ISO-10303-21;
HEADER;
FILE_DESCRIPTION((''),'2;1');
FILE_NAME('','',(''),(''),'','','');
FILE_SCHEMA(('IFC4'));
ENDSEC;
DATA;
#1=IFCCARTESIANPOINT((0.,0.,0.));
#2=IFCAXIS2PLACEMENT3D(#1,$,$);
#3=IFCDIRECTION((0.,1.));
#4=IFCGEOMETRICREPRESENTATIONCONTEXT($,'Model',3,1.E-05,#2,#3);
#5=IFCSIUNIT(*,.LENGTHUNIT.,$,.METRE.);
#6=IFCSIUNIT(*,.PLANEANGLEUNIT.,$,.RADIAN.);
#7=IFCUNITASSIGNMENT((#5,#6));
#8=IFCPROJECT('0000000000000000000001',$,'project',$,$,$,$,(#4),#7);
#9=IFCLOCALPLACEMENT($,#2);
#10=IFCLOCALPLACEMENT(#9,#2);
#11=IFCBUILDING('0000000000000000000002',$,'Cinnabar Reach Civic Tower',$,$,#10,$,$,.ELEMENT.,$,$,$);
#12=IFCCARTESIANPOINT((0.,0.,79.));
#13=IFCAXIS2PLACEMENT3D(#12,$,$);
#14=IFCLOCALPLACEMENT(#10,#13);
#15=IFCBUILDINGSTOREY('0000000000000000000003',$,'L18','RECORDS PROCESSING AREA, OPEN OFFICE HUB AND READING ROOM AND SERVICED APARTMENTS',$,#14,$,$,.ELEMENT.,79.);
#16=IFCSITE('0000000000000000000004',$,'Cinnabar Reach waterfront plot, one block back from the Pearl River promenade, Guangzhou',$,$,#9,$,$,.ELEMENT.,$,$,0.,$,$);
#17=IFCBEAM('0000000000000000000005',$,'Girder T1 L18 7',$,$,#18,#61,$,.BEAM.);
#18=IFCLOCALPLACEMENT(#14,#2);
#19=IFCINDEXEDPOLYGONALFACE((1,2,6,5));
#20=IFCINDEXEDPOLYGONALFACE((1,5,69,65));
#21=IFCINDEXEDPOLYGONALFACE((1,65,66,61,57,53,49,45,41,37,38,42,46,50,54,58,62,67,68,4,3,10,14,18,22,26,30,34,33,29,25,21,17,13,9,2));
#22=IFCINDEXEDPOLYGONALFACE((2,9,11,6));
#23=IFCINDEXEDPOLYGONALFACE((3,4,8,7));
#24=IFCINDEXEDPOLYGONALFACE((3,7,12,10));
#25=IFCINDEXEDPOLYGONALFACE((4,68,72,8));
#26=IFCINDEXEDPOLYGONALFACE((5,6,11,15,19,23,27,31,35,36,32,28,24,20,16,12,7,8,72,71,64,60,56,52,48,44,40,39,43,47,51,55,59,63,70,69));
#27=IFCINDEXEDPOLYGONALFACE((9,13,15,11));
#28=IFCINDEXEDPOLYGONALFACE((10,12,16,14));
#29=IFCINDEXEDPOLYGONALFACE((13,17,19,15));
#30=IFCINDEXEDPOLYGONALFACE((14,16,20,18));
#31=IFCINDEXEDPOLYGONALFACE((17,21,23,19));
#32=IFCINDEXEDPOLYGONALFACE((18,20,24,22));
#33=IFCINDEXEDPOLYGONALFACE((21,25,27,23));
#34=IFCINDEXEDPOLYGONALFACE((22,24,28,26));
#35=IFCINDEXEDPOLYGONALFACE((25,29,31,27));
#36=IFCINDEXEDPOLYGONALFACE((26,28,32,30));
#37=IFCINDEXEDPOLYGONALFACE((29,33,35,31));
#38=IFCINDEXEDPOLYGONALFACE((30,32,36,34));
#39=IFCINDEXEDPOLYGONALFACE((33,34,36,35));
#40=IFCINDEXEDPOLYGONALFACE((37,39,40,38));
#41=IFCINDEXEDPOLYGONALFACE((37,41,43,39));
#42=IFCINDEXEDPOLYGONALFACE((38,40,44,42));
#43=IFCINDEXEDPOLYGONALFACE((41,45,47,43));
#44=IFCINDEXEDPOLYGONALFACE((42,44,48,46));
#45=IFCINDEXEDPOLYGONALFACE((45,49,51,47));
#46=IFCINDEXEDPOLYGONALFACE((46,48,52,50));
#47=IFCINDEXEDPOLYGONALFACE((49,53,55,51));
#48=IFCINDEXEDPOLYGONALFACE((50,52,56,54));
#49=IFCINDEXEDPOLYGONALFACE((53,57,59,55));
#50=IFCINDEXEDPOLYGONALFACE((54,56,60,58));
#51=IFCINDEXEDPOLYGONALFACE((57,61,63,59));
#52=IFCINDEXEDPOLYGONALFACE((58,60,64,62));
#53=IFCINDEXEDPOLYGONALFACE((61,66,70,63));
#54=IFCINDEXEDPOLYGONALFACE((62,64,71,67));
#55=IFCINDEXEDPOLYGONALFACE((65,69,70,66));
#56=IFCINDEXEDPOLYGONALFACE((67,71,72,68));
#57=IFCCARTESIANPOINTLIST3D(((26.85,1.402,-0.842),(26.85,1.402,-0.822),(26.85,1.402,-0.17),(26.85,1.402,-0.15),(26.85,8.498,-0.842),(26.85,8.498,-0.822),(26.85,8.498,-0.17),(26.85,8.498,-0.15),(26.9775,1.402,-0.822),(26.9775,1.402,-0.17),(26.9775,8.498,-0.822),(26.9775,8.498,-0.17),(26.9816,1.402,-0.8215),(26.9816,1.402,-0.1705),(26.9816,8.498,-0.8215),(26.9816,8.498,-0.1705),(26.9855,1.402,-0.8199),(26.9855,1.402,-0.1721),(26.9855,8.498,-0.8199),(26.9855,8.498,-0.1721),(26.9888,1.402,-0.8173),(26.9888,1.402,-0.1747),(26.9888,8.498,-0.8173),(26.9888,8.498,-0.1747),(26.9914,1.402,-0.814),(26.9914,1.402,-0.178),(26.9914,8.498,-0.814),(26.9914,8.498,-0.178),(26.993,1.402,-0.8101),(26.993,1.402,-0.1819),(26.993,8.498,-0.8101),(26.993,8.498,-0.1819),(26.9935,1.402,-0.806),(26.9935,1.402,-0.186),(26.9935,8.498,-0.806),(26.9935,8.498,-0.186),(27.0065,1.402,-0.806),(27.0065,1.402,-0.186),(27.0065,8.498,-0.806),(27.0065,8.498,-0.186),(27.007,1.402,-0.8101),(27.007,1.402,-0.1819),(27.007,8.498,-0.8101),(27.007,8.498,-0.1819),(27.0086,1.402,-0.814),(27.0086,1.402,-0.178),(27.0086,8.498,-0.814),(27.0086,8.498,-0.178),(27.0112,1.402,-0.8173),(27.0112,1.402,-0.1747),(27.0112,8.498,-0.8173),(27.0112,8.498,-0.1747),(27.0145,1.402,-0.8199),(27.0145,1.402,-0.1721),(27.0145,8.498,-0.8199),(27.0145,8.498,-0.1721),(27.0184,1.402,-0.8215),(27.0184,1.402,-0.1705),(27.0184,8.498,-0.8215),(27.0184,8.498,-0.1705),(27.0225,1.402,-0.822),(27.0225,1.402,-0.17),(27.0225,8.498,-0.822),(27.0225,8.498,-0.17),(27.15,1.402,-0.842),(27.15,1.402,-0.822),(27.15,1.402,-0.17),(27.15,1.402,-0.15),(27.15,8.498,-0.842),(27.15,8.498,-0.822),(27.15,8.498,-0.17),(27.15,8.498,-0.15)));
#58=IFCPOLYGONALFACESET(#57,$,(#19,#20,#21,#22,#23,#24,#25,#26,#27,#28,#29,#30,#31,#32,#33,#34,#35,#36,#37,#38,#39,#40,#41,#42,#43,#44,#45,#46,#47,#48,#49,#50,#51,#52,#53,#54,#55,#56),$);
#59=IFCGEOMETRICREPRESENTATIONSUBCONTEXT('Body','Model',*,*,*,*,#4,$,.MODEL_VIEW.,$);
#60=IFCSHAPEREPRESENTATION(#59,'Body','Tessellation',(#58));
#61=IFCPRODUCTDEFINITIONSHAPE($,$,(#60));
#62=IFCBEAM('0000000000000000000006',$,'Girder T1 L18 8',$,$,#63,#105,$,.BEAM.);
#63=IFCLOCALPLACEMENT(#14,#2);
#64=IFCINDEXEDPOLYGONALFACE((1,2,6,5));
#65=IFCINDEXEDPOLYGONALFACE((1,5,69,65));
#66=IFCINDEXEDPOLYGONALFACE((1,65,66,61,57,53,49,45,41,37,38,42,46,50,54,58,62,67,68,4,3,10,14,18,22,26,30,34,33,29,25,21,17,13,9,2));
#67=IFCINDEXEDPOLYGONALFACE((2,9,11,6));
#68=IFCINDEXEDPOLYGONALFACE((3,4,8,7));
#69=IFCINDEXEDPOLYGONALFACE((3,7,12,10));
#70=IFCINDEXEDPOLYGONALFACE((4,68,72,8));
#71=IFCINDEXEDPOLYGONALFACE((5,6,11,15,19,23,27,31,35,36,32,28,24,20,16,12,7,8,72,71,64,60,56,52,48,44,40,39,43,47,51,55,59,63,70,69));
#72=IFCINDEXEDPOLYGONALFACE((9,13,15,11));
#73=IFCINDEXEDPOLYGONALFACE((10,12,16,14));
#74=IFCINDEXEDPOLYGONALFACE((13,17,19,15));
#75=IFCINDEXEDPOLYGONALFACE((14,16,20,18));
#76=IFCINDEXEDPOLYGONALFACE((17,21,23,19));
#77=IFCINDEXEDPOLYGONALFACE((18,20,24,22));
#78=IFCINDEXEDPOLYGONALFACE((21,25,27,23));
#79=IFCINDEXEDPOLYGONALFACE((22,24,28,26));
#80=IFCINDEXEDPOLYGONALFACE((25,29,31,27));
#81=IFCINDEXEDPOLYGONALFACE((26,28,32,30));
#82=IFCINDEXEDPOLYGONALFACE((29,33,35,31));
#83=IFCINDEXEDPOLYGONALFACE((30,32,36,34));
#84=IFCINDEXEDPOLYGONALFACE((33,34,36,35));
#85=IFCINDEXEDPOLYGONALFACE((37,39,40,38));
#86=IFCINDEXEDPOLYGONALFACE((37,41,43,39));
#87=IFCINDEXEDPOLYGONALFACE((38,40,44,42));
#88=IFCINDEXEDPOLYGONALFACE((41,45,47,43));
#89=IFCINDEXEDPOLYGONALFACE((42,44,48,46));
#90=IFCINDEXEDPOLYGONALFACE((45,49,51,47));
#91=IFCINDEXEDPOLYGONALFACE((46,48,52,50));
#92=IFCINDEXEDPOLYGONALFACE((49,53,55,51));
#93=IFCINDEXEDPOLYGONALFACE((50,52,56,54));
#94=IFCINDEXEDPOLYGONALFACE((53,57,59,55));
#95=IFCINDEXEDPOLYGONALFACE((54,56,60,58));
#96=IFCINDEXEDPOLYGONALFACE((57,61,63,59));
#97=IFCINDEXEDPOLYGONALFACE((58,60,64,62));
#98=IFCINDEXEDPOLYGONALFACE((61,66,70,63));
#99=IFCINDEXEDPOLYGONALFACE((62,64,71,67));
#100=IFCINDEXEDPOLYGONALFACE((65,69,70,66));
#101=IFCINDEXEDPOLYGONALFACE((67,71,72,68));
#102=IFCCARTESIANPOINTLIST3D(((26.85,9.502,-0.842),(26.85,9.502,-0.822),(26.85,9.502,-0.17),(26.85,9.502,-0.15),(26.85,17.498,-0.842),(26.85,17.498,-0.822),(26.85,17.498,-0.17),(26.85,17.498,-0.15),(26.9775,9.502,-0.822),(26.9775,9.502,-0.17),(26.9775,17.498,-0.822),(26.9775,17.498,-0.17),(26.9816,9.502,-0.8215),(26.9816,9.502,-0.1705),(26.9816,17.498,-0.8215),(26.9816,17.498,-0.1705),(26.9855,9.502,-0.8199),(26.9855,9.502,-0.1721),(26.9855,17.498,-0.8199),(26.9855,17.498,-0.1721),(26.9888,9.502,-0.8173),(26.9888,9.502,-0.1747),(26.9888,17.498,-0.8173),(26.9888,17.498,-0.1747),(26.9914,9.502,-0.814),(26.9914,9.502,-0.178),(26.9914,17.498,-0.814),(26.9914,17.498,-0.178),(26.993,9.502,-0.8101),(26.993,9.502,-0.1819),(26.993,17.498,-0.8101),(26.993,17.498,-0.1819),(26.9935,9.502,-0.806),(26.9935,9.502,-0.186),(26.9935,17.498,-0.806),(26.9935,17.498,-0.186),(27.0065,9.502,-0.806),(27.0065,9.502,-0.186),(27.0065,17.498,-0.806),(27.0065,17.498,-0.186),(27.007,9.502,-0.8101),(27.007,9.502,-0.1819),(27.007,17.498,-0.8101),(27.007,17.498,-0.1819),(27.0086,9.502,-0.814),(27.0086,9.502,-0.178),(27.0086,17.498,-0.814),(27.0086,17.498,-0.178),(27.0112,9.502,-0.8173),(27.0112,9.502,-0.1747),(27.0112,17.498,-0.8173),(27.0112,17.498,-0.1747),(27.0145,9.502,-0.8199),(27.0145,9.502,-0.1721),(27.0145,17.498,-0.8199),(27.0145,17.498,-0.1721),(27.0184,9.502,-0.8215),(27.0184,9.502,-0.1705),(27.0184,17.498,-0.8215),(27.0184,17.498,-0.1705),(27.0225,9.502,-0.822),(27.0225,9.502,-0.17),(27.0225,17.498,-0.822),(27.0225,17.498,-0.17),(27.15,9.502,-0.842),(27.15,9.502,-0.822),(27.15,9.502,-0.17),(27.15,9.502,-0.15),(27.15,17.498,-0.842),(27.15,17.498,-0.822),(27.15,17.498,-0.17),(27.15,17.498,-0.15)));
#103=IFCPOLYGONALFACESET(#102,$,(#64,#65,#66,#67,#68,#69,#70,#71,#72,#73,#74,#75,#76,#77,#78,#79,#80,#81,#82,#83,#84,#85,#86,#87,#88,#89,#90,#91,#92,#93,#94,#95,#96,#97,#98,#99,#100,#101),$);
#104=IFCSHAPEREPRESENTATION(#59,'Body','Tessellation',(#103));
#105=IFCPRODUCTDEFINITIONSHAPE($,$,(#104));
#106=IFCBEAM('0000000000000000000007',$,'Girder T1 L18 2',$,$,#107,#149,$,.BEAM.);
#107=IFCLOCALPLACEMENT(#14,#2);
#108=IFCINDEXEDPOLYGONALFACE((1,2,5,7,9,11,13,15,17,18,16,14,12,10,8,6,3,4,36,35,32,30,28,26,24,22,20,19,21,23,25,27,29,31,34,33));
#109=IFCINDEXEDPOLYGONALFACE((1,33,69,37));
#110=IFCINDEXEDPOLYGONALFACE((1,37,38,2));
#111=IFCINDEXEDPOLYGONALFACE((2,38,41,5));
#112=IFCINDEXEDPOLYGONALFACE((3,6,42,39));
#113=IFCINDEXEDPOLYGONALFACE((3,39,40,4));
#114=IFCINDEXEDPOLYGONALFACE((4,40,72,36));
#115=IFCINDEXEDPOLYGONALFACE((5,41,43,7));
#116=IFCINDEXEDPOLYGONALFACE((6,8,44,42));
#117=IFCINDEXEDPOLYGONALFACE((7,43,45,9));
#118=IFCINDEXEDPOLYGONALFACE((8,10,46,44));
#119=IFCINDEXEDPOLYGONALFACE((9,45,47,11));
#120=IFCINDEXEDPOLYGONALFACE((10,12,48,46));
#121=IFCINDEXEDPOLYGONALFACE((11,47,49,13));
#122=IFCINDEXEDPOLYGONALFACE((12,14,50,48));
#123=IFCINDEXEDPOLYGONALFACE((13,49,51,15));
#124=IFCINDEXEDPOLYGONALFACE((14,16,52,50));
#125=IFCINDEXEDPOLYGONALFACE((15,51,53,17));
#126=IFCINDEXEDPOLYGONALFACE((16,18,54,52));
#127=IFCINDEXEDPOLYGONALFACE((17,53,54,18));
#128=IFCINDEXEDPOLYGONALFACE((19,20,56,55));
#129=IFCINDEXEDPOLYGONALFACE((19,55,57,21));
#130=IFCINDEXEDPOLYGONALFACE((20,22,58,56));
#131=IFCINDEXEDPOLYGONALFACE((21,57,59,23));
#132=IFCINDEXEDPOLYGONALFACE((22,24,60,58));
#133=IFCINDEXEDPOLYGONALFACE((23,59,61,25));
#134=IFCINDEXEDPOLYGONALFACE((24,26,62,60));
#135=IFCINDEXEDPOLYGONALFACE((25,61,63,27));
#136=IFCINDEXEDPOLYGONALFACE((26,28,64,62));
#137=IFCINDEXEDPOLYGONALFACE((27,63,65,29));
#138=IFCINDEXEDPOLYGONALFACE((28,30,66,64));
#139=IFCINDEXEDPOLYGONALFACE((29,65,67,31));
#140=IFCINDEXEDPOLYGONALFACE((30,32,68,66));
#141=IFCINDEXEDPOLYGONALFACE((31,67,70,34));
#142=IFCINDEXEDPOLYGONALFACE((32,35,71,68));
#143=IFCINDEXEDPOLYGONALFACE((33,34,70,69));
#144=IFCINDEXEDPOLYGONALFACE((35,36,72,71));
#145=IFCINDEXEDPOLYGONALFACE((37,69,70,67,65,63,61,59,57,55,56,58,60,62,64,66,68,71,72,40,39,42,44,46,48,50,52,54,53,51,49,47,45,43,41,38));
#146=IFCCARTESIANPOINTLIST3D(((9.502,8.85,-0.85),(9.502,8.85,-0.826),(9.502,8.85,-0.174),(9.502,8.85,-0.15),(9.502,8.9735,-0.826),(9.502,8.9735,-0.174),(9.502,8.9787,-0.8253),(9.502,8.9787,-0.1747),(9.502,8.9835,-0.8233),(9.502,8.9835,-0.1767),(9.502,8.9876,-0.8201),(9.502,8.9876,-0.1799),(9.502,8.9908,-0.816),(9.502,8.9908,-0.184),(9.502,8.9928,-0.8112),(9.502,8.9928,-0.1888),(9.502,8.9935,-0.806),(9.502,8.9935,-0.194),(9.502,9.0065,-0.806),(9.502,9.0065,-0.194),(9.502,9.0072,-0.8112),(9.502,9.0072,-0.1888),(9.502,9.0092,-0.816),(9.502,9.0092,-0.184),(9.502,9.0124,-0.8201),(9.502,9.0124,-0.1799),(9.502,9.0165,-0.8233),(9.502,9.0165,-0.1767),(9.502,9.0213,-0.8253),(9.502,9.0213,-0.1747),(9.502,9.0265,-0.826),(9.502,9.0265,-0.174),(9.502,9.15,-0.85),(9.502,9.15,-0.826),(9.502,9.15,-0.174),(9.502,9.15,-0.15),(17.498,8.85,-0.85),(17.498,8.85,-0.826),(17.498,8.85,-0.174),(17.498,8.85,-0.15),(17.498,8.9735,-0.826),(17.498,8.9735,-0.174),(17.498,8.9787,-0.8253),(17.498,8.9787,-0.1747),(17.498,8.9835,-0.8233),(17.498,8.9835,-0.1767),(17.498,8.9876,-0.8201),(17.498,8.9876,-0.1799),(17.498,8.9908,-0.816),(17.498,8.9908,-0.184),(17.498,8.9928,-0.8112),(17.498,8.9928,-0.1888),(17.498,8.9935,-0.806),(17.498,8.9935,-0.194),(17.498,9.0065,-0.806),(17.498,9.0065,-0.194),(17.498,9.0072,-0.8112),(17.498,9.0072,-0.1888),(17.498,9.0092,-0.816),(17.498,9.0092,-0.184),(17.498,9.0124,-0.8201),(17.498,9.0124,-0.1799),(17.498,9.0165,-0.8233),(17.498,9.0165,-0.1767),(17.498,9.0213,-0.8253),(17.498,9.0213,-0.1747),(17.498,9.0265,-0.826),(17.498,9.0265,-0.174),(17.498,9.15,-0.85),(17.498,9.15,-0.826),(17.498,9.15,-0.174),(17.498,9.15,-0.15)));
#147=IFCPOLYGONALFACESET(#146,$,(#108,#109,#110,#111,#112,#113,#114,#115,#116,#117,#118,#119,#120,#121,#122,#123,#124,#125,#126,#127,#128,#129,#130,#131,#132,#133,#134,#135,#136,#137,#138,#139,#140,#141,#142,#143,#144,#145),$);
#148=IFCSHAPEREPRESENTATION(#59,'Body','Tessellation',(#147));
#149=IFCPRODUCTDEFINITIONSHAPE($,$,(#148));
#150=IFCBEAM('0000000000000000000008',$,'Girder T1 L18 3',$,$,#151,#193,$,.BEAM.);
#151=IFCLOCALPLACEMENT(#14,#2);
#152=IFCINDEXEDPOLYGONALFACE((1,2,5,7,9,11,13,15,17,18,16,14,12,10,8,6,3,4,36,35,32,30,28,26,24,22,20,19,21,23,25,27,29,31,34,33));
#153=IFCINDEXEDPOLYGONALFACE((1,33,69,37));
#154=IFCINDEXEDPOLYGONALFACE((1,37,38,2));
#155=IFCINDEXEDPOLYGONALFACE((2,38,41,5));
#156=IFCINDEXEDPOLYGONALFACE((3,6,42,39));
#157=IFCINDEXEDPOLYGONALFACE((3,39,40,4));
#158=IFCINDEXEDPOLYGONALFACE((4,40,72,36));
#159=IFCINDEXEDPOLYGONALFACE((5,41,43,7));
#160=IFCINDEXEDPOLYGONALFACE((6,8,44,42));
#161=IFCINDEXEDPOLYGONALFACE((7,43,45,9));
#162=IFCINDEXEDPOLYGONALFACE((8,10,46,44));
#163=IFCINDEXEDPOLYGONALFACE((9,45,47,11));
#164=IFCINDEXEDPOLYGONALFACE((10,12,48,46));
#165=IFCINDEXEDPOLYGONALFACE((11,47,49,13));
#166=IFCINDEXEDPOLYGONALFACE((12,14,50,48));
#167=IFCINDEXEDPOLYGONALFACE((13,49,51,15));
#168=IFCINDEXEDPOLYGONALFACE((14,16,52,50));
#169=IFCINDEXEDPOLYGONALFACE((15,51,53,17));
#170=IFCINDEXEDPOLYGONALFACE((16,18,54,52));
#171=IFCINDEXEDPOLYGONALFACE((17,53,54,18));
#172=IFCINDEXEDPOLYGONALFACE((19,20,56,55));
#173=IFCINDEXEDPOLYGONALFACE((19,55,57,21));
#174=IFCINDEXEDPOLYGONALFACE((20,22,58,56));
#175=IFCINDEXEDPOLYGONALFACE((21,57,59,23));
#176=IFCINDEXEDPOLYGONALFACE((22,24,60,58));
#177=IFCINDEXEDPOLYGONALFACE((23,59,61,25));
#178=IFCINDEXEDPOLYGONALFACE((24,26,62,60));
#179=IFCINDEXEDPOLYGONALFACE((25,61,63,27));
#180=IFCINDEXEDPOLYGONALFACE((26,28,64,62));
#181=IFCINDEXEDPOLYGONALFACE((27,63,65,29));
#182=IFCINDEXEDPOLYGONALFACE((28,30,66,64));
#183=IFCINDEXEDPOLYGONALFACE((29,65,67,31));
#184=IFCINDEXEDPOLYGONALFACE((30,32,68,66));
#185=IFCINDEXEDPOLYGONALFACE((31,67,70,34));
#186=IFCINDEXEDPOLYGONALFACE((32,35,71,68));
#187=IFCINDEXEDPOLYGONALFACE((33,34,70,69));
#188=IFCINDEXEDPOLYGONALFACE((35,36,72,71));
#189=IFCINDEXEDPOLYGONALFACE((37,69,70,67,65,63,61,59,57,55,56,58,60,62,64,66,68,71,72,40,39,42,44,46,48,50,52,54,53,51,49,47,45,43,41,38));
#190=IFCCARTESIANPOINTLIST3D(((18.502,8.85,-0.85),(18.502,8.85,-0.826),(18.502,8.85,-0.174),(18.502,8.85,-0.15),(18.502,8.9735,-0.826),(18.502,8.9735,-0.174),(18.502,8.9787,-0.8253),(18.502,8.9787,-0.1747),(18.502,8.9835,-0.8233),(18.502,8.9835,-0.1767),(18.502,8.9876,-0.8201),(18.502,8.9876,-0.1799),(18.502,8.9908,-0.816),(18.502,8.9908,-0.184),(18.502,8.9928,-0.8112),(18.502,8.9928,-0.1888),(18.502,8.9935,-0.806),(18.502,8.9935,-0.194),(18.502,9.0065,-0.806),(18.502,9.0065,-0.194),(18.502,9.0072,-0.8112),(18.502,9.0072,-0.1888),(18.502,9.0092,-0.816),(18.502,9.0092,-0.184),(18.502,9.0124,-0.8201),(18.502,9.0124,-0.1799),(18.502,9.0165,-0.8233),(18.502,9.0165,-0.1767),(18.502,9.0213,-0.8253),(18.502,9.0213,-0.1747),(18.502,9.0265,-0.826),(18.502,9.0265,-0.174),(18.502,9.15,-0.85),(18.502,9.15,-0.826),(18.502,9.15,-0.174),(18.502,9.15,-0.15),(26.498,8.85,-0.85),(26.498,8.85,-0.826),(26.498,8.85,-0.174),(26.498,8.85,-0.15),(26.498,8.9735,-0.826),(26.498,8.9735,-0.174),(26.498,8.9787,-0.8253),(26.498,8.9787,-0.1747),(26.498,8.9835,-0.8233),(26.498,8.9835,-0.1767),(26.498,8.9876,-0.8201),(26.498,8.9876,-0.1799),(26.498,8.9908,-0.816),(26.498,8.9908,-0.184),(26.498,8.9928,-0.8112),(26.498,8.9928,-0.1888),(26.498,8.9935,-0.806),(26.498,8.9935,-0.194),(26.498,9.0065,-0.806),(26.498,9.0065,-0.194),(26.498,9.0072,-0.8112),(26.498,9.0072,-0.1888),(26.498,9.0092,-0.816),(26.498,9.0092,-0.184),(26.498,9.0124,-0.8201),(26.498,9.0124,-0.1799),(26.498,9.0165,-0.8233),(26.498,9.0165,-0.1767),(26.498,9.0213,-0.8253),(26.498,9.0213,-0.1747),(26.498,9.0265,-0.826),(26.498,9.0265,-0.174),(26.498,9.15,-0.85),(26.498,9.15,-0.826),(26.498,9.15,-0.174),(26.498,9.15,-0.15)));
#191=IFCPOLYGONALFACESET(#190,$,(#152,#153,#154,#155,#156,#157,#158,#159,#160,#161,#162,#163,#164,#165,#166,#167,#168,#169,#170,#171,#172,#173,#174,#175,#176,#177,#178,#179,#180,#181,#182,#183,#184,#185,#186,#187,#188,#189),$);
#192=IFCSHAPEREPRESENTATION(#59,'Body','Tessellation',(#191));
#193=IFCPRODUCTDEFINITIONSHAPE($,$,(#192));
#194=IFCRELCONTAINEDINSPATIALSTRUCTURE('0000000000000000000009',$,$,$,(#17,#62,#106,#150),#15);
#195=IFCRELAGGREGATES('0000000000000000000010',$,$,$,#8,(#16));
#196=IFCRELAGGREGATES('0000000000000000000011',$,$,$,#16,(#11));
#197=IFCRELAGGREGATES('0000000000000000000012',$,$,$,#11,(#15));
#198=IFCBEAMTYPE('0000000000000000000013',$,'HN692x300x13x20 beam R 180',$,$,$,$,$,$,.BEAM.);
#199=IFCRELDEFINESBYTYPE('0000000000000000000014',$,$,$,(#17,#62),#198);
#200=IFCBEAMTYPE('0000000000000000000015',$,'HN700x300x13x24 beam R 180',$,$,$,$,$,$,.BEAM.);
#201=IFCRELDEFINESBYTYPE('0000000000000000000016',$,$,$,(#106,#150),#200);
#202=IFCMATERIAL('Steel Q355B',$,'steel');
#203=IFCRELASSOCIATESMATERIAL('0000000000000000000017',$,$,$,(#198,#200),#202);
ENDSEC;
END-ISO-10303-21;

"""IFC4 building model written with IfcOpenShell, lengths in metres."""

from ifc_helpers import new_model, si_unit, direction, frame, origin, origin_2d, place, context, subcontext, project, spatial, i_section, extrude, material, material_profile, profile_set, type_object, element, save


model = new_model("IFC4")

# Units and contexts
model_context = context("Model", 3, precision=1e-05, world=origin(), true_north=direction((0.0, 1.0)))
body_context = subcontext(model_context, "Body", "Model", "MODEL_VIEW")
ifc_project = project(units=[si_unit("LENGTHUNIT", "METRE"), si_unit("PLANEANGLEUNIT", "RADIAN")], contexts=[model_context])

# Site, building, storey
site_placement = place(None, origin())
site = spatial("IfcSite", under=ifc_project, at=site_placement, Name="Cinnabar Reach waterfront plot, one block back from the Pearl River promenade, Guangzhou", CompositionType="ELEMENT", RefElevation=0.0)
building_placement = place(site_placement, origin())
building = spatial("IfcBuilding", under=site, at=building_placement, Name="Cinnabar Reach Civic Tower", CompositionType="ELEMENT")
storey_placement = place(building_placement, frame((0.0, 0.0, 79.0)))
storey = spatial("IfcBuildingStorey", under=building, at=storey_placement, Name="L18", Description="RECORDS PROCESSING AREA, OPEN OFFICE HUB AND READING ROOM AND SERVICED APARTMENTS", CompositionType="ELEMENT", Elevation=79.0)

# Beams
ifc_material_1 = material(Name="Steel Q355B", Category="steel")
ifc_material_profile_1 = material_profile(ifc_material_1, i_section(OverallWidth=0.3, OverallDepth=0.692, WebThickness=0.013, FlangeThickness=0.02, FilletRadius=0.016, at=origin_2d()), Name="HN692x300x13x20")
ifc_profile_set_1 = profile_set([ifc_material_profile_1], Name="Steel Q355B")
beam_type_1 = type_object("IfcBeamType", Name="HN692x300x13x20 beam R 180", PredefinedType="BEAM", material=ifc_profile_set_1)
beam_1_placement = place(storey_placement, frame((27.0, 1.402, -0.496), z_axis=(0.0, 1.0, 0.0), x_axis=(-1.0, 0.0, 0.0)))
element("IfcBeam", 1, at=beam_1_placement, inside=storey, type_object=beam_type_1, Name="Girder T1 L18 7", PredefinedType="BEAM", context=body_context, shape_type="SweptSolid", body=[
    extrude(i_section(OverallWidth=0.3, OverallDepth=0.692, WebThickness=0.013, FlangeThickness=0.02, FilletRadius=0.016, at=origin_2d()), origin(), (0.0, 0.0, 1.0), 7.096),
])
beam_2_placement = place(storey_placement, frame((27.0, 9.502, -0.496), z_axis=(0.0, 1.0, 0.0), x_axis=(-1.0, 0.0, 0.0)))
element("IfcBeam", 2, at=beam_2_placement, inside=storey, type_object=beam_type_1, Name="Girder T1 L18 8", PredefinedType="BEAM", context=body_context, shape_type="SweptSolid", body=[
    extrude(i_section(OverallWidth=0.3, OverallDepth=0.692, WebThickness=0.013, FlangeThickness=0.02, FilletRadius=0.016, at=origin_2d()), origin(), (0.0, 0.0, 1.0), 7.996),
])
ifc_material_profile_2 = material_profile(ifc_material_1, i_section(OverallWidth=0.3, OverallDepth=0.7, WebThickness=0.013, FlangeThickness=0.024, FilletRadius=0.02, at=origin_2d()), Name="HN700x300x13x24")
ifc_profile_set_2 = profile_set([ifc_material_profile_2], Name="Steel Q355B")
beam_type_2 = type_object("IfcBeamType", Name="HN700x300x13x24 beam R 180", PredefinedType="BEAM", material=ifc_profile_set_2)
for number, where, z_axis, x_axis, name in (
    (3, (9.502, 9.0, -0.5), (1.0, 0.0, 0.0), (0.0, 1.0, 0.0), "Girder T1 L18 2"),
    (4, (18.502, 9.0, -0.5), (1.0, 0.0, 0.0), (0.0, 1.0, 0.0), "Girder T1 L18 3"),
):
    element("IfcBeam", number, at=place(storey_placement, frame(where, z_axis=z_axis, x_axis=x_axis)), inside=storey, type_object=beam_type_2, Name=name, PredefinedType="BEAM", context=body_context, shape_type="SweptSolid", body=[
        extrude(i_section(OverallWidth=0.3, OverallDepth=0.7, WebThickness=0.013, FlangeThickness=0.024, FilletRadius=0.02, at=origin_2d()), origin(), (0.0, 0.0, 1.0), 7.996),
    ])

save(model, "model.ifc")
